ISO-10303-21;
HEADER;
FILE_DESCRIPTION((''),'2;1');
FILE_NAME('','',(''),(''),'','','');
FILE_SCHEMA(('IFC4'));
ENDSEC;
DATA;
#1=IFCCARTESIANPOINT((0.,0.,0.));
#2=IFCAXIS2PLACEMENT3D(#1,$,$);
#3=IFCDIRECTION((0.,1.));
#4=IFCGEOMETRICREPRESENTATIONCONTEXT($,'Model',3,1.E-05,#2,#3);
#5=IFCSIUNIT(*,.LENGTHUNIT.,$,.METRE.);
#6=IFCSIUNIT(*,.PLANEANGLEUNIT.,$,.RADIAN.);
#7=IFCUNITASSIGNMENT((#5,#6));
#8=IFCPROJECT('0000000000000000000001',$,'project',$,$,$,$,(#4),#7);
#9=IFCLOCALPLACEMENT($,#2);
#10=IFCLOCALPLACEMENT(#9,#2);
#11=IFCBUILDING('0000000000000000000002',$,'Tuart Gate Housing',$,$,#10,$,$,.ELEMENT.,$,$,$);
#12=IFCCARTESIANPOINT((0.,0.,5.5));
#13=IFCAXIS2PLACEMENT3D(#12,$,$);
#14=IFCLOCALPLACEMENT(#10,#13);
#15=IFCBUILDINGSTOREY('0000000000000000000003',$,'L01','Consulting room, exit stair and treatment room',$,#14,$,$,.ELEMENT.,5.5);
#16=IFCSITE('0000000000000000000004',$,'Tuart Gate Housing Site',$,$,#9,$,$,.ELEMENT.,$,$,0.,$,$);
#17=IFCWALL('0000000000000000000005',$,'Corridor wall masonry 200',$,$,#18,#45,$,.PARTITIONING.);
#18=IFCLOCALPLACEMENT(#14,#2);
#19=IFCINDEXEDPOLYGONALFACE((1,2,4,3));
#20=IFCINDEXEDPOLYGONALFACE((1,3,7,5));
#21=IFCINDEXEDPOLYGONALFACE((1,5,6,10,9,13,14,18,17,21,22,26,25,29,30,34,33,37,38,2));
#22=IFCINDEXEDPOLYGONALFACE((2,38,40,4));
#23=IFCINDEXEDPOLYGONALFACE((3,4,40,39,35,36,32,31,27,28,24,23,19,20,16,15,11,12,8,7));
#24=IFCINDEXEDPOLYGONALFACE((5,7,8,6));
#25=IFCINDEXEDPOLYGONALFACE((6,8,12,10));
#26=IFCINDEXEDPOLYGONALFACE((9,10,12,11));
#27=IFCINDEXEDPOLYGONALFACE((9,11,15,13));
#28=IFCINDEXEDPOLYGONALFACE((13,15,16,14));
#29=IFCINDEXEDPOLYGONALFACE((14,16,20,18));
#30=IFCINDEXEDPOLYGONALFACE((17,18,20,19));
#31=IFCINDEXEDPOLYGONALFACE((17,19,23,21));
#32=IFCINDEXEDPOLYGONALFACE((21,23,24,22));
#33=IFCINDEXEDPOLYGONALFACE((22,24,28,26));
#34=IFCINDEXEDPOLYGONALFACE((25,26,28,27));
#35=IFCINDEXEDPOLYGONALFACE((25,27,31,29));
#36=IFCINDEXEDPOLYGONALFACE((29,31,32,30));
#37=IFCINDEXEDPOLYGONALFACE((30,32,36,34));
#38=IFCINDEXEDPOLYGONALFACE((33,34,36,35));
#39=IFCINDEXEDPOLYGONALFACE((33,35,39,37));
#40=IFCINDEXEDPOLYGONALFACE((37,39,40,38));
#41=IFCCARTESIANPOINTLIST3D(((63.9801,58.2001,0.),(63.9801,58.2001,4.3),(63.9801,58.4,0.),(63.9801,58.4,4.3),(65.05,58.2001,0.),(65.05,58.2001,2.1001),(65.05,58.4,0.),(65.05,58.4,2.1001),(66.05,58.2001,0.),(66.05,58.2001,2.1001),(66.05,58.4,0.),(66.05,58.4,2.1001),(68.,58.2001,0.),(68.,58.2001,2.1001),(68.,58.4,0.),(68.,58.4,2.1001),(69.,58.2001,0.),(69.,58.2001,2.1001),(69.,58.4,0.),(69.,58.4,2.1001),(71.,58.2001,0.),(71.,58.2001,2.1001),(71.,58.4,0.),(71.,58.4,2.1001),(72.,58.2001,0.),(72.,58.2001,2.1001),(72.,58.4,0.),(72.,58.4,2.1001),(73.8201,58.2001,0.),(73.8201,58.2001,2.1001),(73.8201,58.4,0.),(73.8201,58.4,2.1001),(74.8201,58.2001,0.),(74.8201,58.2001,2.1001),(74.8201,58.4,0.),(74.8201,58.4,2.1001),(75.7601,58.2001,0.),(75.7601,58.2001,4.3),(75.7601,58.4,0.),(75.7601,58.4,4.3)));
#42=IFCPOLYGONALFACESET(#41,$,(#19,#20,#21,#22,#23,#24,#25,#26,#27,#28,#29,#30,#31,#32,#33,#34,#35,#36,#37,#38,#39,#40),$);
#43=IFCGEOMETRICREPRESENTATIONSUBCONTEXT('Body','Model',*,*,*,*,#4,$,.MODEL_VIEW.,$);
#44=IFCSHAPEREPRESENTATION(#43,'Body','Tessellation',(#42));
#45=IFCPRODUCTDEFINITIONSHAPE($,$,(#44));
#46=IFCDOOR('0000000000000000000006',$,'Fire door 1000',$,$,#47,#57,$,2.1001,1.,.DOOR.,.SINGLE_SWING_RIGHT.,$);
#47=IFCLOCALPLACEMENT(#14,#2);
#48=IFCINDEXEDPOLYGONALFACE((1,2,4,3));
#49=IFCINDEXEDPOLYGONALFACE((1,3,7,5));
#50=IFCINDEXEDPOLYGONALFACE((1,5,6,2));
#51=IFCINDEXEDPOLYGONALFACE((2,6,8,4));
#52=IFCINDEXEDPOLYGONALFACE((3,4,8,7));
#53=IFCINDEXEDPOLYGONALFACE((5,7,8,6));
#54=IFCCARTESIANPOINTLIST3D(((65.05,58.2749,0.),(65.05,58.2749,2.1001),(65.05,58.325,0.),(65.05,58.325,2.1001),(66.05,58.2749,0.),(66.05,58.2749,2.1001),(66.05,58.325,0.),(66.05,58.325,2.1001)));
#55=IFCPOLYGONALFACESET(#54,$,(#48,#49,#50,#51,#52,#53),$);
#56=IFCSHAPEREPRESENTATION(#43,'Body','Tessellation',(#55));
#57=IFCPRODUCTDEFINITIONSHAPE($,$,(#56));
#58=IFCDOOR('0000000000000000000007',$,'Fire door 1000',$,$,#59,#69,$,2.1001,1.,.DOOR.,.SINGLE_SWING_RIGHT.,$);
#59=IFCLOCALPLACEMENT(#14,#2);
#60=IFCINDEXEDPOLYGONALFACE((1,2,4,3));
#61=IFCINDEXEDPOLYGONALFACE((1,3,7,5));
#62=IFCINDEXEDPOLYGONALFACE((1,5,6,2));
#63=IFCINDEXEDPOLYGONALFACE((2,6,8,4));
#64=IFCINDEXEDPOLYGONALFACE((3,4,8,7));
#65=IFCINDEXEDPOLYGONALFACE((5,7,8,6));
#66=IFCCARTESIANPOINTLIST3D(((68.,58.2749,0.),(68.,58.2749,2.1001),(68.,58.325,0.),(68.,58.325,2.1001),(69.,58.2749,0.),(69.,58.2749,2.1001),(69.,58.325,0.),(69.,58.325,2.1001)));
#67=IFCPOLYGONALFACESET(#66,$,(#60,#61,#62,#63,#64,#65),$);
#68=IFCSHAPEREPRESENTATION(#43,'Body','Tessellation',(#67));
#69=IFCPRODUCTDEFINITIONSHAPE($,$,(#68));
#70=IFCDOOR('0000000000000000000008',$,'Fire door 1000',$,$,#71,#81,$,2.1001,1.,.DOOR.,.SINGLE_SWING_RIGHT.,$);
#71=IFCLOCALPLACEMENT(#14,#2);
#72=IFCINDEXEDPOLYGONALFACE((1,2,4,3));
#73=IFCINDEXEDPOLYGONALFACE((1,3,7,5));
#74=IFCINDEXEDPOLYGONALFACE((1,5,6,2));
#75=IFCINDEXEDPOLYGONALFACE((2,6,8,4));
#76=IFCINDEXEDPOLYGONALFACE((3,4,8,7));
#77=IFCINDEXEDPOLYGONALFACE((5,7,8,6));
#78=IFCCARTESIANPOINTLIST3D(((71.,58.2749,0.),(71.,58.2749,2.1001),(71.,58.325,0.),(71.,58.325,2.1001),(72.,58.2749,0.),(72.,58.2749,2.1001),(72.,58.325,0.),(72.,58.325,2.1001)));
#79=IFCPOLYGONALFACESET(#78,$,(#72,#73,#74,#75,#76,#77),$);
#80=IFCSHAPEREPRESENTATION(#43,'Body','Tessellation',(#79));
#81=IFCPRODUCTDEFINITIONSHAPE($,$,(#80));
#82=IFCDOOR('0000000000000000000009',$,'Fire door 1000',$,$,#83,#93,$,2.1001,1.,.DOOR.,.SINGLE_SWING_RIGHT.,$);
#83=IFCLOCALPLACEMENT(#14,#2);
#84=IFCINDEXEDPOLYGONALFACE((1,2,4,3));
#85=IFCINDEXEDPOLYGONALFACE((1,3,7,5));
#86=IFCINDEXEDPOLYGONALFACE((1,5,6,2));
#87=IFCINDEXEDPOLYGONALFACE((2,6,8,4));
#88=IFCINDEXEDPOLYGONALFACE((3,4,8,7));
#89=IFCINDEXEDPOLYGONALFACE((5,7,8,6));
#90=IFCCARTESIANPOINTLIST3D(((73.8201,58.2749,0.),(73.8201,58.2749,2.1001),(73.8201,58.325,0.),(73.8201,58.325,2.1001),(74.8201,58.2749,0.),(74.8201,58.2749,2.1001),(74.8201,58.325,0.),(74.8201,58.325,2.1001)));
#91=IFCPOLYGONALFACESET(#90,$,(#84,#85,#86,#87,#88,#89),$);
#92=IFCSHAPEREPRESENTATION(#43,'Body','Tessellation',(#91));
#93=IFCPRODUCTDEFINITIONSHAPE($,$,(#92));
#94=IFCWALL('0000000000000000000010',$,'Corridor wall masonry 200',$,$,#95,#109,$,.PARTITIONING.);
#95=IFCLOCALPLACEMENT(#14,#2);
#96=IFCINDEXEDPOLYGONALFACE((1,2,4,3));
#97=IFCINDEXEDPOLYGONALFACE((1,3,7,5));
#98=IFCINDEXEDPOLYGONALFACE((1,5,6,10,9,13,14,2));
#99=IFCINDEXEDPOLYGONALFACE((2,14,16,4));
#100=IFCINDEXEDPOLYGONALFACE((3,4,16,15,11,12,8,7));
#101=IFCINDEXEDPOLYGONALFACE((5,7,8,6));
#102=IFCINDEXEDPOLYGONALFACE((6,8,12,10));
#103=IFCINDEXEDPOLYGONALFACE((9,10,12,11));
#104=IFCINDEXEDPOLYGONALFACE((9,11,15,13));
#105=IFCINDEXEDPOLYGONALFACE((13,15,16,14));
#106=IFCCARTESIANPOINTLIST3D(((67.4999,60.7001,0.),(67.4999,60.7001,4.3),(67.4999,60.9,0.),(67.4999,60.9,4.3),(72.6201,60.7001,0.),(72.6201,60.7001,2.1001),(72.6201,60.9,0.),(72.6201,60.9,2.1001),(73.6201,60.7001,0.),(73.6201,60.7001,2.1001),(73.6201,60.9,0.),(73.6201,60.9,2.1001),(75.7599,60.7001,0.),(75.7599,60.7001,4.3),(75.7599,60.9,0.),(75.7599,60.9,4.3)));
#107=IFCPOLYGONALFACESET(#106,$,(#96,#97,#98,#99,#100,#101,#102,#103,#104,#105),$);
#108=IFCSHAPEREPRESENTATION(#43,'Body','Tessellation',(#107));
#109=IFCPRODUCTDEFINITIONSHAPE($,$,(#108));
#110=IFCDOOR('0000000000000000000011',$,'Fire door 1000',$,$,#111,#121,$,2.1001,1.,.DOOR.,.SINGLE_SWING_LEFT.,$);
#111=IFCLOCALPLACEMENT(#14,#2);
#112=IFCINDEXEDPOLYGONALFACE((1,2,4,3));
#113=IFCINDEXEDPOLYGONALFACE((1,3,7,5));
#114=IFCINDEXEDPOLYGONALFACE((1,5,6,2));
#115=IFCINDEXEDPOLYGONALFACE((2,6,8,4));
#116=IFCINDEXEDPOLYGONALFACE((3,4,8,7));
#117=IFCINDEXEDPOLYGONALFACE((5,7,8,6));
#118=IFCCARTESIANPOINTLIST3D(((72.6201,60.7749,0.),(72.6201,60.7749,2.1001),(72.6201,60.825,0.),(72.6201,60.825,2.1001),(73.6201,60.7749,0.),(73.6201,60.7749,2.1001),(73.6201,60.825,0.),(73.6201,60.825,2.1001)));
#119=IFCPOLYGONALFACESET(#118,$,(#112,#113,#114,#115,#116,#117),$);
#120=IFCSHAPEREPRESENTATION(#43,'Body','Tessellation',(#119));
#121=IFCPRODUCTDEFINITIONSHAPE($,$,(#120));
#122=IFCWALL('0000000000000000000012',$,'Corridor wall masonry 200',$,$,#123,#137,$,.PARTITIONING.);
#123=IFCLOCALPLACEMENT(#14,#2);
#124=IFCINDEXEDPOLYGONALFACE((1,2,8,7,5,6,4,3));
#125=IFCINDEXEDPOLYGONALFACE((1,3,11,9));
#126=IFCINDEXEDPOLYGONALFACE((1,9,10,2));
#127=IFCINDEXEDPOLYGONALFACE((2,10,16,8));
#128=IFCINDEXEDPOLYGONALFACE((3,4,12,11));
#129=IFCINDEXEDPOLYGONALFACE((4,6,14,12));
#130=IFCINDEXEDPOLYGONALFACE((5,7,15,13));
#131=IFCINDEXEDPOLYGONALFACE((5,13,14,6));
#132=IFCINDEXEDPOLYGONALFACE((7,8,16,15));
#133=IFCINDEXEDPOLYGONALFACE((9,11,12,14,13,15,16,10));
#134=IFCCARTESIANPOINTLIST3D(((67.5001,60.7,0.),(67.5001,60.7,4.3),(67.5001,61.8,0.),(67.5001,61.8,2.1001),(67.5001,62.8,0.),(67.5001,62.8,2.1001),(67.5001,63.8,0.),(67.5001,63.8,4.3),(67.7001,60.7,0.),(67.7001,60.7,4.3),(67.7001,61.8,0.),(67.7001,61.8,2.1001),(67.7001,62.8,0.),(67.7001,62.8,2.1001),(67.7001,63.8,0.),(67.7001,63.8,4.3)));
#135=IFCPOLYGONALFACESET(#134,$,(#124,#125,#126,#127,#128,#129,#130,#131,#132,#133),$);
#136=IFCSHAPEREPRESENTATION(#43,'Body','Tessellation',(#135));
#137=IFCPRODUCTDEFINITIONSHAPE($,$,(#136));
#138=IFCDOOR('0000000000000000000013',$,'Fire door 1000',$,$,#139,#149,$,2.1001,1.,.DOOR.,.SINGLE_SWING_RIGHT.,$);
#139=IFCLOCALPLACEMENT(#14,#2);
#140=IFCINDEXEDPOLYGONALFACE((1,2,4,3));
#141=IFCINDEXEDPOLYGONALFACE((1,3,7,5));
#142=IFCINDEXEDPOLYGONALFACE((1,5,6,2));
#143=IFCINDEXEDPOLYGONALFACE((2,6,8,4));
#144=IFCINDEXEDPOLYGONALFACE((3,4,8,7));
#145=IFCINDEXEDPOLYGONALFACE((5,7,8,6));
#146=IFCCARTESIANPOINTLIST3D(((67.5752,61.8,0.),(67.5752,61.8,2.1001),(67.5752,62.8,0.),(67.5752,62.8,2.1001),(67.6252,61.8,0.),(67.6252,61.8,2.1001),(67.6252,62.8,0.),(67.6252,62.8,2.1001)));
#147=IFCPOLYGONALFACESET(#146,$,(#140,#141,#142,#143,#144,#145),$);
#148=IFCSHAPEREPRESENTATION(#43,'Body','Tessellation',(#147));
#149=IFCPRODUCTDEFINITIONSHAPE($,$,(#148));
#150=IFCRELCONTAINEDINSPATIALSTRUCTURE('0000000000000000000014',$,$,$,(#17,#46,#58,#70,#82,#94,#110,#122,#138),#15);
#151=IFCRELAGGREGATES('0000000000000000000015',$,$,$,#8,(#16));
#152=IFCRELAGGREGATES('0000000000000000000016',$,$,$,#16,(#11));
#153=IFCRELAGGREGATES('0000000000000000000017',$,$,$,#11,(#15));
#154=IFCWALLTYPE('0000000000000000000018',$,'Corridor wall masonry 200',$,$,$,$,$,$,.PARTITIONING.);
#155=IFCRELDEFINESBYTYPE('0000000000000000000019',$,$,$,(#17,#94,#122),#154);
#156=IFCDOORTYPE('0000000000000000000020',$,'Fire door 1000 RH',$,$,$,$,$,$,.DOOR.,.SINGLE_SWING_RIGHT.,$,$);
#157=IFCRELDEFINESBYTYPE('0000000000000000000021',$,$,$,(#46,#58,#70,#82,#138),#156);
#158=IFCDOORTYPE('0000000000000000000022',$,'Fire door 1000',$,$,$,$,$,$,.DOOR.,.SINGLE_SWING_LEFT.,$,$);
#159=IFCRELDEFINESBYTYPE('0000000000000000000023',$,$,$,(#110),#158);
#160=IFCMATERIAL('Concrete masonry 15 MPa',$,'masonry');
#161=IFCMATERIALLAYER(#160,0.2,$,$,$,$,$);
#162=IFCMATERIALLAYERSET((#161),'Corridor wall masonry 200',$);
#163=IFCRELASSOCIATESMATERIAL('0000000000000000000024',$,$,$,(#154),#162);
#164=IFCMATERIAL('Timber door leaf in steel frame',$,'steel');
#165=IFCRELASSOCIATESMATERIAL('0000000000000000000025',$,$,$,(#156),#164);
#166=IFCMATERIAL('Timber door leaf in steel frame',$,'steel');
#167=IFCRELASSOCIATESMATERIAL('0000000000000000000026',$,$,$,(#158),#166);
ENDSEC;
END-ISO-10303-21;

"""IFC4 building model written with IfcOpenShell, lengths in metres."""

from ifc_helpers import new_model, si_unit, direction, frame, frame_2d, origin, place, context, subcontext, project, spatial, rectangle, extrude, material, layer, layer_set, type_object, element, fill, save


model = new_model("IFC4")

# Units and contexts
model_context = context("Model", 3, precision=1e-05, world=origin(), true_north=direction((0.0, 1.0)))
body_context = subcontext(model_context, "Body", "Model", "MODEL_VIEW")
ifc_project = project(units=[si_unit("LENGTHUNIT", "METRE"), si_unit("PLANEANGLEUNIT", "RADIAN")], contexts=[model_context])

# Site, building, storey
site_placement = place(None, origin())
site = spatial("IfcSite", under=ifc_project, at=site_placement, Name="Tuart Gate Housing Site", CompositionType="ELEMENT", RefElevation=0.0)
building_placement = place(site_placement, origin())
building = spatial("IfcBuilding", under=site, at=building_placement, Name="Tuart Gate Housing", CompositionType="ELEMENT")
storey_placement = place(building_placement, frame((0.0, 0.0, 5.5)))
storey = spatial("IfcBuildingStorey", under=building, at=storey_placement, Name="L01", Description="Consulting room, exit stair and treatment room", CompositionType="ELEMENT", Elevation=5.5)

# Wall, openings, doors
ifc_material_1 = material(Name="Concrete masonry 15 MPa", Category="masonry")
ifc_layer_1 = layer(ifc_material_1, 0.2)
ifc_layer_set_1 = layer_set([ifc_layer_1], Name="Corridor wall masonry 200")
wall_type_1 = type_object("IfcWallType", Name="Corridor wall masonry 200", PredefinedType="PARTITIONING", material=ifc_layer_set_1)
wall_1_placement = place(storey_placement, frame((63.98, 58.3, 0.0), z_axis=(0.0, 0.0, 1.0), x_axis=(1.0, 0.0, 0.0)))
wall_1 = element("IfcWall", 1, at=wall_1_placement, inside=storey, type_object=wall_type_1, Name="Corridor wall masonry 200", PredefinedType="PARTITIONING", context=body_context, shape_type="SweptSolid", body=[
    extrude(rectangle(XDim=11.78, YDim=0.2, at=frame_2d((5.8901, 0.0))), origin(), (0.0, 0.0, 1.0), 4.3),
])
opening_1_placement = place(wall_1_placement, frame((1.0701, 0.0, 0.0)))
opening_1 = element("IfcOpeningElement", 2, at=opening_1_placement, cuts=wall_1, PredefinedType="OPENING", context=body_context, shape_type="SweptSolid", body=[
    extrude(rectangle(XDim=1.0, YDim=2.1001, at=frame_2d((0.5, 1.05))), frame((0.0, 0.1099, 0.0), z_axis=(0.0, -1.0, 0.0), x_axis=(1.0, 0.0, 0.0)), (0.0, 0.0, 1.0), 0.22),
])
opening_2_placement = place(wall_1_placement, frame((4.02, 0.0, 0.0)))
opening_2 = element("IfcOpeningElement", 3, at=opening_2_placement, cuts=wall_1, PredefinedType="OPENING", context=body_context, shape_type="SweptSolid", body=[
    extrude(rectangle(XDim=1.0, YDim=2.1001, at=frame_2d((0.5, 1.05))), frame((0.0, 0.1099, 0.0), z_axis=(0.0, -1.0, 0.0), x_axis=(1.0, 0.0, 0.0)), (0.0, 0.0, 1.0), 0.22),
])
opening_3_placement = place(wall_1_placement, frame((7.02, 0.0, 0.0)))
opening_3 = element("IfcOpeningElement", 4, at=opening_3_placement, cuts=wall_1, PredefinedType="OPENING", context=body_context, shape_type="SweptSolid", body=[
    extrude(rectangle(XDim=1.0, YDim=2.1001, at=frame_2d((0.5, 1.05))), frame((0.0, 0.1099, 0.0), z_axis=(0.0, -1.0, 0.0), x_axis=(1.0, 0.0, 0.0)), (0.0, 0.0, 1.0), 0.22),
])
opening_4_placement = place(wall_1_placement, frame((9.8401, 0.0, 0.0)))
opening_4 = element("IfcOpeningElement", 5, at=opening_4_placement, cuts=wall_1, PredefinedType="OPENING", context=body_context, shape_type="SweptSolid", body=[
    extrude(rectangle(XDim=1.0, YDim=2.1001, at=frame_2d((0.5, 1.05))), frame((0.0, 0.1099, 0.0), z_axis=(0.0, -1.0, 0.0), x_axis=(1.0, 0.0, 0.0)), (0.0, 0.0, 1.0), 0.22),
])
ifc_material_2 = material(Name="Timber door leaf in steel frame", Category="steel")
door_type_1 = type_object("IfcDoorType", Name="Fire door 1000 RH", OperationType="SINGLE_SWING_RIGHT", PredefinedType="DOOR", material=ifc_material_2)
door_1_placement = place(opening_1_placement, frame((1.0, 0.0, 0.0), z_axis=(0.0, 0.0, 1.0), x_axis=(-1.0, 0.0, 0.0)))
door_1 = element("IfcDoor", 6, at=door_1_placement, inside=storey, type_object=door_type_1, Name="Fire door 1000", OperationType="SINGLE_SWING_RIGHT", OverallHeight=2.1001, OverallWidth=1.0, PredefinedType="DOOR", context=body_context, shape_type="SweptSolid", body=[
    extrude(rectangle(XDim=1.0, YDim=2.1001, at=frame_2d((0.5, 1.05))), frame((0.0, 0.0251, 0.0), z_axis=(0.0, -1.0, 0.0), x_axis=(1.0, 0.0, 0.0)), (0.0, 0.0, 1.0), 0.05),
])
fill(opening_1, door_1)
door_2_placement = place(opening_2_placement, frame((1.0, 0.0, 0.0), z_axis=(0.0, 0.0, 1.0), x_axis=(-1.0, 0.0, 0.0)))
door_2 = element("IfcDoor", 7, at=door_2_placement, inside=storey, type_object=door_type_1, Name="Fire door 1000", OperationType="SINGLE_SWING_RIGHT", OverallHeight=2.1001, OverallWidth=1.0, PredefinedType="DOOR", context=body_context, shape_type="SweptSolid", body=[
    extrude(rectangle(XDim=1.0, YDim=2.1001, at=frame_2d((0.5, 1.05))), frame((0.0, 0.0251, 0.0), z_axis=(0.0, -1.0, 0.0), x_axis=(1.0, 0.0, 0.0)), (0.0, 0.0, 1.0), 0.05),
])
fill(opening_2, door_2)
door_3_placement = place(opening_3_placement, frame((1.0, 0.0, 0.0), z_axis=(0.0, 0.0, 1.0), x_axis=(-1.0, 0.0, 0.0)))
door_3 = element("IfcDoor", 8, at=door_3_placement, inside=storey, type_object=door_type_1, Name="Fire door 1000", OperationType="SINGLE_SWING_RIGHT", OverallHeight=2.1001, OverallWidth=1.0, PredefinedType="DOOR", context=body_context, shape_type="SweptSolid", body=[
    extrude(rectangle(XDim=1.0, YDim=2.1001, at=frame_2d((0.5, 1.05))), frame((0.0, 0.0251, 0.0), z_axis=(0.0, -1.0, 0.0), x_axis=(1.0, 0.0, 0.0)), (0.0, 0.0, 1.0), 0.05),
])
fill(opening_3, door_3)
door_4_placement = place(opening_4_placement, frame((1.0, 0.0, 0.0), z_axis=(0.0, 0.0, 1.0), x_axis=(-1.0, 0.0, 0.0)))
door_4 = element("IfcDoor", 9, at=door_4_placement, inside=storey, type_object=door_type_1, Name="Fire door 1000", OperationType="SINGLE_SWING_RIGHT", OverallHeight=2.1001, OverallWidth=1.0, PredefinedType="DOOR", context=body_context, shape_type="SweptSolid", body=[
    extrude(rectangle(XDim=1.0, YDim=2.1001, at=frame_2d((0.5, 1.05))), frame((0.0, 0.0251, 0.0), z_axis=(0.0, -1.0, 0.0), x_axis=(1.0, 0.0, 0.0)), (0.0, 0.0, 1.0), 0.05),
])
fill(opening_4, door_4)

# Walls, openings, doors
wall_2_placement = place(storey_placement, frame((67.5, 60.8, 0.0), z_axis=(0.0, 0.0, 1.0), x_axis=(1.0, 0.0, 0.0)))
wall_2 = element("IfcWall", 10, at=wall_2_placement, inside=storey, type_object=wall_type_1, Name="Corridor wall masonry 200", PredefinedType="PARTITIONING", context=body_context, shape_type="SweptSolid", body=[
    extrude(rectangle(XDim=8.26, YDim=0.2, at=frame_2d((4.1299, 0.0))), origin(), (0.0, 0.0, 1.0), 4.3),
])
opening_5_placement = place(wall_2_placement, frame((5.1201, 0.0, 0.0)))
opening_5 = element("IfcOpeningElement", 11, at=opening_5_placement, cuts=wall_2, PredefinedType="OPENING", context=body_context, shape_type="SweptSolid", body=[
    extrude(rectangle(XDim=1.0, YDim=2.1001, at=frame_2d((0.5, 1.05))), frame((0.0, 0.1099, 0.0), z_axis=(0.0, -1.0, 0.0), x_axis=(1.0, 0.0, 0.0)), (0.0, 0.0, 1.0), 0.22),
])
ifc_material_3 = material(Name="Timber door leaf in steel frame", Category="steel")
door_type_2 = type_object("IfcDoorType", Name="Fire door 1000", OperationType="SINGLE_SWING_LEFT", PredefinedType="DOOR", material=ifc_material_3)
door_5_placement = place(opening_5_placement, origin())
door_5 = element("IfcDoor", 12, at=door_5_placement, inside=storey, type_object=door_type_2, Name="Fire door 1000", OperationType="SINGLE_SWING_LEFT", OverallHeight=2.1001, OverallWidth=1.0, PredefinedType="DOOR", context=body_context, shape_type="SweptSolid", body=[
    extrude(rectangle(XDim=1.0, YDim=2.1001, at=frame_2d((0.5, 1.05))), frame((0.0, 0.0249, 0.0), z_axis=(0.0, -1.0, 0.0), x_axis=(1.0, 0.0, 0.0)), (0.0, 0.0, 1.0), 0.05),
])
fill(opening_5, door_5)
wall_3_placement = place(storey_placement, frame((67.6001, 60.7, 0.0), z_axis=(0.0, 0.0, 1.0), x_axis=(0.0, 1.0, 0.0)))
wall_3 = element("IfcWall", 13, at=wall_3_placement, inside=storey, type_object=wall_type_1, Name="Corridor wall masonry 200", PredefinedType="PARTITIONING", context=body_context, shape_type="SweptSolid", body=[
    extrude(rectangle(XDim=3.1001, YDim=0.2, at=frame_2d((1.55, 0.0))), origin(), (0.0, 0.0, 1.0), 4.3),
])
opening_6_placement = place(wall_3_placement, frame((1.1001, 0.0, 0.0)))
opening_6 = element("IfcOpeningElement", 14, at=opening_6_placement, cuts=wall_3, PredefinedType="OPENING", context=body_context, shape_type="SweptSolid", body=[
    extrude(rectangle(XDim=1.0, YDim=2.1001, at=frame_2d((0.5, 1.05))), frame((0.0, 0.1099, 0.0), z_axis=(0.0, -1.0, 0.0), x_axis=(1.0, 0.0, 0.0)), (0.0, 0.0, 1.0), 0.22),
])
door_6_placement = place(opening_6_placement, frame((1.0, 0.0, 0.0), z_axis=(0.0, 0.0, 1.0), x_axis=(-1.0, 0.0, 0.0)))
door_6 = element("IfcDoor", 15, at=door_6_placement, inside=storey, type_object=door_type_1, Name="Fire door 1000", OperationType="SINGLE_SWING_RIGHT", OverallHeight=2.1001, OverallWidth=1.0, PredefinedType="DOOR", context=body_context, shape_type="SweptSolid", body=[
    extrude(rectangle(XDim=1.0, YDim=2.1001, at=frame_2d((0.5, 1.05))), frame((0.0, 0.0251, 0.0), z_axis=(0.0, -1.0, 0.0), x_axis=(1.0, 0.0, 0.0)), (0.0, 0.0, 1.0), 0.05),
])
fill(opening_6, door_6)

save(model, "model.ifc")
